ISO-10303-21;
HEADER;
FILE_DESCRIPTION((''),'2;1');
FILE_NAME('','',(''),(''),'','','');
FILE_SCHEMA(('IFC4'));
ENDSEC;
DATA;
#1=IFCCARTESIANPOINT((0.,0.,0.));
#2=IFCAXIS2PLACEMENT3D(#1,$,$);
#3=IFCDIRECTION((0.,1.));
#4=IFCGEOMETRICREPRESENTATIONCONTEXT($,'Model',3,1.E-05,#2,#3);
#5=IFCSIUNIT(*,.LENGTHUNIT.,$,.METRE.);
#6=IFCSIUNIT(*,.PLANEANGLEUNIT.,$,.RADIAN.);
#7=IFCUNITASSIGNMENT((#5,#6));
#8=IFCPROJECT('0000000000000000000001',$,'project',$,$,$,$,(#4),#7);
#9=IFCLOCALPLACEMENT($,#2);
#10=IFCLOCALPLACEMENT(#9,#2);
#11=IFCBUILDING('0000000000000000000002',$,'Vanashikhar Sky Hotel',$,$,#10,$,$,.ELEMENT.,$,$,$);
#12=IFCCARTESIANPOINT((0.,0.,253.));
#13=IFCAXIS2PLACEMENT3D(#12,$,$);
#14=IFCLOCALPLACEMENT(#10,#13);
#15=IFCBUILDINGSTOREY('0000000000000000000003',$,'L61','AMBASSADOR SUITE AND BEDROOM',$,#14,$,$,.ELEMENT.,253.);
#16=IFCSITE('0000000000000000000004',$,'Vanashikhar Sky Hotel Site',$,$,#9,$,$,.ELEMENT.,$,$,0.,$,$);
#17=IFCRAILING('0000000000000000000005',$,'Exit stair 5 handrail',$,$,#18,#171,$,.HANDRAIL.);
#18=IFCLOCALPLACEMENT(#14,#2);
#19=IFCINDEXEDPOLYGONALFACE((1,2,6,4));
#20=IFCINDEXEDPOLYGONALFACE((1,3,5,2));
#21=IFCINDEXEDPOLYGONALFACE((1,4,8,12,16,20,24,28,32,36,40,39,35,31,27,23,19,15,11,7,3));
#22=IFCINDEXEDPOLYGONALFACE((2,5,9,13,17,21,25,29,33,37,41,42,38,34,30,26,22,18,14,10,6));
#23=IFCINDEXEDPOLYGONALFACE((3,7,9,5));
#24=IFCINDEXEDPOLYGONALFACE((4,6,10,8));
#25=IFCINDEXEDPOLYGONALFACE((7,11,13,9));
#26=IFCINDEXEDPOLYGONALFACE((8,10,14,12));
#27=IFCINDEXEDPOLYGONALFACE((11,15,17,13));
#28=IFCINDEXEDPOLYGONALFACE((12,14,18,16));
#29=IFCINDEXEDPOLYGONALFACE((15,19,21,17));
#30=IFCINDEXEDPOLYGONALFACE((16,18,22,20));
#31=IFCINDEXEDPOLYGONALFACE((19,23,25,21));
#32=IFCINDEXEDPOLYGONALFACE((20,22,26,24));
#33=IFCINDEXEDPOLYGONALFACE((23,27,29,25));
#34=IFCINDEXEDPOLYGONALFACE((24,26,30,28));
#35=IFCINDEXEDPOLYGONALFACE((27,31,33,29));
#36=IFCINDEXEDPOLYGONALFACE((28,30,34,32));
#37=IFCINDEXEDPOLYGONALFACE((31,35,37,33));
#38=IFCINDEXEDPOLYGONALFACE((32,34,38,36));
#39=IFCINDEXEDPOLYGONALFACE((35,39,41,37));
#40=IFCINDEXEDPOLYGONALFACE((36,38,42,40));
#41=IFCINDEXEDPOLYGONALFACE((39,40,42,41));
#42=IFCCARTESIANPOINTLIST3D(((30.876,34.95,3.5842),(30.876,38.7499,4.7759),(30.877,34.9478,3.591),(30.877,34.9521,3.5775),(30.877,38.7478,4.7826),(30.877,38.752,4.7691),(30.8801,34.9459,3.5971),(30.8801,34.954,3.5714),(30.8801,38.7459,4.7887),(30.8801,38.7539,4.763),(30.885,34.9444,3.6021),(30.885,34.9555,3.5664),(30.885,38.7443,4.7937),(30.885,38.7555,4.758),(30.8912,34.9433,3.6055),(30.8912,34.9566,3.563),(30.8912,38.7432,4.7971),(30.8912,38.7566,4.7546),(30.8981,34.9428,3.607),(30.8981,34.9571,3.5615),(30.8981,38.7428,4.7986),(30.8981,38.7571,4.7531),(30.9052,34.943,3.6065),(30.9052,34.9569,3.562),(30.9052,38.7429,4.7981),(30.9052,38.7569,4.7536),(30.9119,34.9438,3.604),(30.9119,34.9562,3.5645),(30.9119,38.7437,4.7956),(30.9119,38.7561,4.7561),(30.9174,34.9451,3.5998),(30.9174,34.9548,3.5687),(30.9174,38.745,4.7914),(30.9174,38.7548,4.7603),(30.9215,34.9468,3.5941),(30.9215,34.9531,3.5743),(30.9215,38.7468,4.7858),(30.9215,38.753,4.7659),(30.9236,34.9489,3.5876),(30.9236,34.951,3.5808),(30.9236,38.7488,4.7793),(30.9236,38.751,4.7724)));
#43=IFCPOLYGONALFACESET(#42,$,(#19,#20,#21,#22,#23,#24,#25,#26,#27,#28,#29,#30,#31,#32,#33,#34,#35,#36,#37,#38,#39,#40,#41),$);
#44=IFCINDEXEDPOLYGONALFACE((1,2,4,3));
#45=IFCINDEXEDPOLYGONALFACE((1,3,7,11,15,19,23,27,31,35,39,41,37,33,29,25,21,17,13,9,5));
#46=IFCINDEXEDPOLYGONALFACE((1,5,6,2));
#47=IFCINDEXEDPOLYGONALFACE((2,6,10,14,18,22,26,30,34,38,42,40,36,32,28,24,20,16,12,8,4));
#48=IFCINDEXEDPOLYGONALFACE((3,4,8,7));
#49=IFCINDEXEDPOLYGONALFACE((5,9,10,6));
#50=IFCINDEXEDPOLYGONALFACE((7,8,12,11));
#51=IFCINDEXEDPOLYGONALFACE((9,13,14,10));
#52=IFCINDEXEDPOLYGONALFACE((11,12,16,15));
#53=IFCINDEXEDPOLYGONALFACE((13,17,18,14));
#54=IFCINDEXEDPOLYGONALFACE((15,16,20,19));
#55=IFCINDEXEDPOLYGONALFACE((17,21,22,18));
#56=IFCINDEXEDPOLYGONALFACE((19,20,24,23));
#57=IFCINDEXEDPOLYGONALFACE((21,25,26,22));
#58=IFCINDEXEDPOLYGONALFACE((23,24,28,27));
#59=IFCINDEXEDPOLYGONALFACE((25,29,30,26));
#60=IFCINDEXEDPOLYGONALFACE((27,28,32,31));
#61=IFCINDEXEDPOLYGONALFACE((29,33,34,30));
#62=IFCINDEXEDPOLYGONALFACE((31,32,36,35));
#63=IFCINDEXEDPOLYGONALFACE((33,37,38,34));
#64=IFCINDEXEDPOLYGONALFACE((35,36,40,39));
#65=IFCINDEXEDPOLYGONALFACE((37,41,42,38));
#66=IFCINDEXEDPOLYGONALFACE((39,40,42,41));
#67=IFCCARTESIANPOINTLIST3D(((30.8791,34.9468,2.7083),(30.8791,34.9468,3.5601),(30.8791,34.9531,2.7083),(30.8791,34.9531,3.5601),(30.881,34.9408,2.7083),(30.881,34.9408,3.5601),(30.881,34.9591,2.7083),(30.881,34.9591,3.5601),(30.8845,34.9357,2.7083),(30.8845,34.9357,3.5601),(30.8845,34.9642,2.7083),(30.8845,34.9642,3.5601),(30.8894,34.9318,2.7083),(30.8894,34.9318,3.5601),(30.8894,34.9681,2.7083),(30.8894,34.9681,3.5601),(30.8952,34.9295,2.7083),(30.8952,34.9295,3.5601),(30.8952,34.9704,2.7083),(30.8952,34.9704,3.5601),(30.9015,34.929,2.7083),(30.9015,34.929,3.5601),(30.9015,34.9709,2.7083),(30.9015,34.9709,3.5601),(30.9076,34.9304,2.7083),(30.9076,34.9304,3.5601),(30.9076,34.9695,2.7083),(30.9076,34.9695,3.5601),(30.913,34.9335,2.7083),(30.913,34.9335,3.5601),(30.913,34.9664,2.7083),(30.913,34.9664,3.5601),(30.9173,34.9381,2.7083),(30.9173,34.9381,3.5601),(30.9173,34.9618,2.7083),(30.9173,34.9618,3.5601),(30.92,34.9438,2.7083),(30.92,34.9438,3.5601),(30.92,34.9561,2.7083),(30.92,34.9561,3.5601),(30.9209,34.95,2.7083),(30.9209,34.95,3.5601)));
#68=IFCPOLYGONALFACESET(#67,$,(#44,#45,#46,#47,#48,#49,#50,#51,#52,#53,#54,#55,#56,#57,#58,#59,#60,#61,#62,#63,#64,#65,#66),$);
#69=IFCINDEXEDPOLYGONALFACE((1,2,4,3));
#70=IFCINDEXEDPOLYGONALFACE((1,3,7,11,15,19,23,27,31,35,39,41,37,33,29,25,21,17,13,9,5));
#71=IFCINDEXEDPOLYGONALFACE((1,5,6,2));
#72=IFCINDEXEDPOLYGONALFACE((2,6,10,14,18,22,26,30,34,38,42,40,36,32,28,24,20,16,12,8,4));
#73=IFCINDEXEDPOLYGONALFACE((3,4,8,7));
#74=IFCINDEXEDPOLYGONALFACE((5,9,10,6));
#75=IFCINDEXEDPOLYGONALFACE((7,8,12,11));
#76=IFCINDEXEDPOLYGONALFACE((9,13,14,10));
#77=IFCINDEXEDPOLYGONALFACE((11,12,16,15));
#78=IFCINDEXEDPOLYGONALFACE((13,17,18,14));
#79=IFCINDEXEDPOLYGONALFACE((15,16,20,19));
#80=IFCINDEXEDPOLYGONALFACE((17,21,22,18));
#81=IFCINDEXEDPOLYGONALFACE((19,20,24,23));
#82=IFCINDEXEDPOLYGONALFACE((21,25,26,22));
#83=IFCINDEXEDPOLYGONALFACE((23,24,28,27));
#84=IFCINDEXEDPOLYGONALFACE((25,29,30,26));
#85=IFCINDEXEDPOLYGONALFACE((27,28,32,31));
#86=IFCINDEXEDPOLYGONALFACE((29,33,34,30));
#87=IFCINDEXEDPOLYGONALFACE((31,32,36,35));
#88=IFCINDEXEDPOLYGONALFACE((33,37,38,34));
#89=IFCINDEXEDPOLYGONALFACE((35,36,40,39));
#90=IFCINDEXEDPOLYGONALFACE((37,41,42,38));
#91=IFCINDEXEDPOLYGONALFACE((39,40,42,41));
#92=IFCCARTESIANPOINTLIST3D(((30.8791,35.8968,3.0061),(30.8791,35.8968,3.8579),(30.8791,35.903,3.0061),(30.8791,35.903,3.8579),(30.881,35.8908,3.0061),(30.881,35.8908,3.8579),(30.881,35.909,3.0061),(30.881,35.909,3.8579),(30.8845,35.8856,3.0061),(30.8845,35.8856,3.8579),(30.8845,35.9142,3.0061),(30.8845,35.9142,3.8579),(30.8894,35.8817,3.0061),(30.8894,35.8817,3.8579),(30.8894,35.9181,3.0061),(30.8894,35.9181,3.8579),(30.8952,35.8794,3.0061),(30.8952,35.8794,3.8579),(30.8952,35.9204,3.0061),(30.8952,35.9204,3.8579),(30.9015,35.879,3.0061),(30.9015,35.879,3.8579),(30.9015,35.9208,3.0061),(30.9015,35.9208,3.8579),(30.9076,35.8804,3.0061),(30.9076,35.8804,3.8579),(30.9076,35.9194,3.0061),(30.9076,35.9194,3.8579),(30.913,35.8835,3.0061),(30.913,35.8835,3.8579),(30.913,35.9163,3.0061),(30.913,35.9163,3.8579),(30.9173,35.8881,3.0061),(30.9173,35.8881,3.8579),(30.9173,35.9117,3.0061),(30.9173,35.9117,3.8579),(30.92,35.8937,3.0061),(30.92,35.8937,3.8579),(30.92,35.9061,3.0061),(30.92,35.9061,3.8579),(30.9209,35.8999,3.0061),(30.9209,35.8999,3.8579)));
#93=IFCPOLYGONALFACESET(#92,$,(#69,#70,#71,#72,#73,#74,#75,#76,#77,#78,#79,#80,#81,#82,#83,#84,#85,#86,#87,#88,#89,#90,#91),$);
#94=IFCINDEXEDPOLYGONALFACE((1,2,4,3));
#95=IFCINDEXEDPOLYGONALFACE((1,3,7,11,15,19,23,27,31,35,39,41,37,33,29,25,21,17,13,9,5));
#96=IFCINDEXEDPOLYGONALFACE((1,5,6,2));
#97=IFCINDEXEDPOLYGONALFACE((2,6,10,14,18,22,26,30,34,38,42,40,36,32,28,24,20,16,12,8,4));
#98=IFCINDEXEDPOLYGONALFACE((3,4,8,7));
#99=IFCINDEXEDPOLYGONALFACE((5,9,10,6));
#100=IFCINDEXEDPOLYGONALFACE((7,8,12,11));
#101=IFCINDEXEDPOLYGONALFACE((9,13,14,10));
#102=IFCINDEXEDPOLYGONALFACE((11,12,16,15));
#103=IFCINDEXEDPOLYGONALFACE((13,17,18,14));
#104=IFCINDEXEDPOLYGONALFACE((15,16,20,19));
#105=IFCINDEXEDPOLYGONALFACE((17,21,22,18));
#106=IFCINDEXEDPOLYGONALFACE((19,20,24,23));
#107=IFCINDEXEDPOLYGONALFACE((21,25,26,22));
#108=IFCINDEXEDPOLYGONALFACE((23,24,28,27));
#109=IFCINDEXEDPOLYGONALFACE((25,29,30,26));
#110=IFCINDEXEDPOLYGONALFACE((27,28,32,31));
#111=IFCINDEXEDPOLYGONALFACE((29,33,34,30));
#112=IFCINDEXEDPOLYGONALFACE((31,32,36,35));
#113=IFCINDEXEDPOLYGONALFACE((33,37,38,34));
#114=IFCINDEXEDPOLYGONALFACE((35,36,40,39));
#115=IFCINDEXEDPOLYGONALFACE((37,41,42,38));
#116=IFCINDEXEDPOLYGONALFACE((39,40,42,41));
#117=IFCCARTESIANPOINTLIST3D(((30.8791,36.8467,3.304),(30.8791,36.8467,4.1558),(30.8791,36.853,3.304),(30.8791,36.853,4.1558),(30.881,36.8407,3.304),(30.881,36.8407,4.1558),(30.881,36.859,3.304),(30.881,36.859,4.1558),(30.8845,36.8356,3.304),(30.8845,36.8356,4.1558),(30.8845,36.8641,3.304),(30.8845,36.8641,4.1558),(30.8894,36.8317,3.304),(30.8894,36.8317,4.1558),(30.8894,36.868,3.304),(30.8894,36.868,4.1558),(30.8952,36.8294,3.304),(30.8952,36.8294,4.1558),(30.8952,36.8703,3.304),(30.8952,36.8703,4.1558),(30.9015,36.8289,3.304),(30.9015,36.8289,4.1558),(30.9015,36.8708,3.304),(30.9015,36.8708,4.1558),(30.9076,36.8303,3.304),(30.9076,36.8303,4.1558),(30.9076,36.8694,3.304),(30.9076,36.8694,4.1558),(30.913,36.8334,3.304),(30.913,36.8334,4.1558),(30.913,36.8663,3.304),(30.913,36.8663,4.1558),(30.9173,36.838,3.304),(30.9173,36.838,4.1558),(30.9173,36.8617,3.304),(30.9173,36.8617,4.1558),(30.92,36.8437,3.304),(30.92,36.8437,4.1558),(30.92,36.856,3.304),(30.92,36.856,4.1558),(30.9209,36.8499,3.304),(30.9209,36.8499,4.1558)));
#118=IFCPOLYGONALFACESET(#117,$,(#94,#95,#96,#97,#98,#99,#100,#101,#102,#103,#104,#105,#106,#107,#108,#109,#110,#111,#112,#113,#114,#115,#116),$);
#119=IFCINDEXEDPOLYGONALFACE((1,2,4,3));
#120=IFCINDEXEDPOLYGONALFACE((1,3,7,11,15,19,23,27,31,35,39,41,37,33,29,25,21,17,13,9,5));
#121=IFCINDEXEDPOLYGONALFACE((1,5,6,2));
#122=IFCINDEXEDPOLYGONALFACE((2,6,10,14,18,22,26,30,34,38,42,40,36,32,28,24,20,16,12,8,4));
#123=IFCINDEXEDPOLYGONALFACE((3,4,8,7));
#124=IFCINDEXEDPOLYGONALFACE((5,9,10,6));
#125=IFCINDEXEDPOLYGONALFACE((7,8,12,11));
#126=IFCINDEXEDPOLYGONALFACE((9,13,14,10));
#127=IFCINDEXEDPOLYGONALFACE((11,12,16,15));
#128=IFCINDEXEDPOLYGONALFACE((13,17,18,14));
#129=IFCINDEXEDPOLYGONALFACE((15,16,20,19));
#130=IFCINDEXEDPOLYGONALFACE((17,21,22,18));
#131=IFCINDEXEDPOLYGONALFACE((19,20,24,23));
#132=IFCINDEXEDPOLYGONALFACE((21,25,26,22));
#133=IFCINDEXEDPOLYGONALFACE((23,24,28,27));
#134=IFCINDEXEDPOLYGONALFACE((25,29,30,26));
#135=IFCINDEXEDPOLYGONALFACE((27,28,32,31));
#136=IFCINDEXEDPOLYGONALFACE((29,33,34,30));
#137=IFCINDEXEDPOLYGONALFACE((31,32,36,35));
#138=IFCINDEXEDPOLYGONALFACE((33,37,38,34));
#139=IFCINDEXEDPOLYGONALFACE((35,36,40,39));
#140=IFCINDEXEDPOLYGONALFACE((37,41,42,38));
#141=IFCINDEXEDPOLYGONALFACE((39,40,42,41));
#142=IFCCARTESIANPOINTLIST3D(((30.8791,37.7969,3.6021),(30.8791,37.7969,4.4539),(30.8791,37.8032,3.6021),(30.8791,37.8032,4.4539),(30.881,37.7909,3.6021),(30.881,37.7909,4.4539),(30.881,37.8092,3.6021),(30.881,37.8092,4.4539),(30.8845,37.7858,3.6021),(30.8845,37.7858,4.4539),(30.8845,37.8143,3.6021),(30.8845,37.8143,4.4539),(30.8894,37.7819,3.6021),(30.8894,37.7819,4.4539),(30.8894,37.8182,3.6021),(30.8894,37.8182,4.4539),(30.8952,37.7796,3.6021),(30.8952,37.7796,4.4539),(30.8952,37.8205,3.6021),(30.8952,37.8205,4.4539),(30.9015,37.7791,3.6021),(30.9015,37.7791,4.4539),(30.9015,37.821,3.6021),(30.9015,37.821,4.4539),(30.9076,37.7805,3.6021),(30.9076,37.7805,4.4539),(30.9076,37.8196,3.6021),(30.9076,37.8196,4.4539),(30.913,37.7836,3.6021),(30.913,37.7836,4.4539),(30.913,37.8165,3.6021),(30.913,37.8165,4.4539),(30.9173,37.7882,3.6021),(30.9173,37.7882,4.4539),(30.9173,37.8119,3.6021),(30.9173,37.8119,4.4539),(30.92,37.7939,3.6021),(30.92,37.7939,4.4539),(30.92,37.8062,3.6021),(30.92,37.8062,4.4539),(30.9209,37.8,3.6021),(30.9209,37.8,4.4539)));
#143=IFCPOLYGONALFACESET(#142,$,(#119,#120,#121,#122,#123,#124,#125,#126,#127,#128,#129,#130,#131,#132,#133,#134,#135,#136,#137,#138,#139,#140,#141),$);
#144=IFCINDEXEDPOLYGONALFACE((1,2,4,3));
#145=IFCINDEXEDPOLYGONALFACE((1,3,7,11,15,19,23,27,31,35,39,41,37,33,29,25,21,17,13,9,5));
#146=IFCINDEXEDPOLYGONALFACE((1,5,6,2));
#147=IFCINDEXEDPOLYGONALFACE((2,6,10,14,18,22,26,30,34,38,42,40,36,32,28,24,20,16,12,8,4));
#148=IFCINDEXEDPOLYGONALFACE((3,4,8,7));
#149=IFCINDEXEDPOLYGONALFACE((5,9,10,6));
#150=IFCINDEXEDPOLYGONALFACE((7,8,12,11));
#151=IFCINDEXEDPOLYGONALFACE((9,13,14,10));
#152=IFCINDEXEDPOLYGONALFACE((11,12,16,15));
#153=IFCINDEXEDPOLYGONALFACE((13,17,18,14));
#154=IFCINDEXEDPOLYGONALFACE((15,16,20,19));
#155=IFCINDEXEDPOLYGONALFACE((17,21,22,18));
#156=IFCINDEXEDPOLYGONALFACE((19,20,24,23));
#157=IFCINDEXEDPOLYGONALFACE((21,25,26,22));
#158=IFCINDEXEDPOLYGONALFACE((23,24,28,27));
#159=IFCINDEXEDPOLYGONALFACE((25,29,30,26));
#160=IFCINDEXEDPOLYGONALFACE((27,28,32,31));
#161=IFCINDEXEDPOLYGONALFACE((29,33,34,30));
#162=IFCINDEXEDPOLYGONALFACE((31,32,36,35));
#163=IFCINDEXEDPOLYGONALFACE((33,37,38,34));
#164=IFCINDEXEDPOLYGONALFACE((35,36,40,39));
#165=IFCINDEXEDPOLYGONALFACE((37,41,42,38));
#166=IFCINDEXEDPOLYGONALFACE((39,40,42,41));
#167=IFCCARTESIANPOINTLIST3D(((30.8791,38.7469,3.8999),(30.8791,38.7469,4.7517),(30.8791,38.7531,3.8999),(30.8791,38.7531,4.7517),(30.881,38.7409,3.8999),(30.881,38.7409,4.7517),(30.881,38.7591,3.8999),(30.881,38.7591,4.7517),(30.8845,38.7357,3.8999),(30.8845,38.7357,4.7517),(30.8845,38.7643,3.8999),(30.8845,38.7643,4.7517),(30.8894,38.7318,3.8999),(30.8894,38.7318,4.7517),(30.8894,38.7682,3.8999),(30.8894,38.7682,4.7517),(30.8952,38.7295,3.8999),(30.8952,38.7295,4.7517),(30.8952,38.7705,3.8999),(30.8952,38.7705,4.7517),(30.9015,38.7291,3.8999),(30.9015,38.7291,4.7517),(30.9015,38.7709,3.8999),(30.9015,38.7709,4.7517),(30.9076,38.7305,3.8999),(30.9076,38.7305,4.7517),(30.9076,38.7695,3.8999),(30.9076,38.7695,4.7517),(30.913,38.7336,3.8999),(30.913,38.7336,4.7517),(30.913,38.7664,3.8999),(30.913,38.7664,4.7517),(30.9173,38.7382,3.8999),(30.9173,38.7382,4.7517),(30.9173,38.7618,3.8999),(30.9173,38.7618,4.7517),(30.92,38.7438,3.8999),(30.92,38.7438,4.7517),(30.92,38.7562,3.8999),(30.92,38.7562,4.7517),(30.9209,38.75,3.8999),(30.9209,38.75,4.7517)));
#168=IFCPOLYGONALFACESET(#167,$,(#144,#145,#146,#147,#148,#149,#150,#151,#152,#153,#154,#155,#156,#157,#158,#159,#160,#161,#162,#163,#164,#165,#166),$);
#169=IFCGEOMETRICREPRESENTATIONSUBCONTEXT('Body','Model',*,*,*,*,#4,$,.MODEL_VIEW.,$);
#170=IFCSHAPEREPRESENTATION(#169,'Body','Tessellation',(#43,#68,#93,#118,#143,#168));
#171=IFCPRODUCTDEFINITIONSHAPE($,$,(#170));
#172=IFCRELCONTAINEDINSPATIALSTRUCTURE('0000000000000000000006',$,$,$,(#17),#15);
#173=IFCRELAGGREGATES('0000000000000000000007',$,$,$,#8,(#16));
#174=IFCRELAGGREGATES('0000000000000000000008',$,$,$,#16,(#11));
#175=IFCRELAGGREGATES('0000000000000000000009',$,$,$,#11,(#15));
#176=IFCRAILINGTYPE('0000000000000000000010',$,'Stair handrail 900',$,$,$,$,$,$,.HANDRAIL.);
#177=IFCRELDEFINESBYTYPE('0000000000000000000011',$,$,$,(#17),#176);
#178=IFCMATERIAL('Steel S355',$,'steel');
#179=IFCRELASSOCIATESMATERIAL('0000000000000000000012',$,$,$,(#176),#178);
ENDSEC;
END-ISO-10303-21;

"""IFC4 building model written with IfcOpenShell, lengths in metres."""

from ifc_helpers import new_model, si_unit, direction, frame, origin, origin_2d, place, context, subcontext, project, spatial, circle, extrude, source, transform, mapped, material, type_object, element, save


model = new_model("IFC4")

# Units and contexts
model_context = context("Model", 3, precision=1e-05, world=origin(), true_north=direction((0.0, 1.0)))
body_context = subcontext(model_context, "Body", "Model", "MODEL_VIEW")
ifc_project = project(units=[si_unit("LENGTHUNIT", "METRE"), si_unit("PLANEANGLEUNIT", "RADIAN")], contexts=[model_context])

# Site, building, storey
site_placement = place(None, origin())
site = spatial("IfcSite", under=ifc_project, at=site_placement, Name="Vanashikhar Sky Hotel Site", CompositionType="ELEMENT", RefElevation=0.0)
building_placement = place(site_placement, origin())
building = spatial("IfcBuilding", under=site, at=building_placement, Name="Vanashikhar Sky Hotel", CompositionType="ELEMENT")
storey_placement = place(building_placement, frame((0.0, 0.0, 253.0)))
storey = spatial("IfcBuildingStorey", under=building, at=storey_placement, Name="L61", Description="AMBASSADOR SUITE AND BEDROOM", CompositionType="ELEMENT", Elevation=253.0)

# Railing
ifc_material_1 = material(Name="Steel S355", Category="steel")
railing_type_1 = type_object("IfcRailingType", Name="Stair handrail 900", PredefinedType="HANDRAIL", material=ifc_material_1)
shared_shape_1 = source(origin(), body_context, "Body", "SweptSolid", [
    extrude(circle(Radius=0.0239, at=origin_2d()), frame((0.0, 0.0, 0.876), z_axis=(0.0, 0.954184, 0.299221), x_axis=(-1.0, 0.0, 0.0)), (0.0, 0.0, 1.0), 3.9824),
    extrude(circle(Radius=0.021, at=origin_2d()), origin(), (0.0, 0.0, 1.0), 0.8518),
    extrude(circle(Radius=0.021, at=origin_2d()), frame((0.0, 0.95, 0.2979)), (0.0, 0.0, 1.0), 0.8518),
    extrude(circle(Radius=0.021, at=origin_2d()), frame((0.0, 1.8999, 0.5957)), (0.0, 0.0, 1.0), 0.8518),
    extrude(circle(Radius=0.021, at=origin_2d()), frame((0.0, 2.8501, 0.8938)), (0.0, 0.0, 1.0), 0.8518),
    extrude(circle(Radius=0.021, at=origin_2d()), frame((0.0, 3.8, 1.1917)), (0.0, 0.0, 1.0), 0.8518),
])
for number, where, name in (
    (1, (30.8999, 34.95, 2.7083), "Exit stair 5 handrail"),
):
    element("IfcRailing", number, at=place(storey_placement, frame(where)), inside=storey, type_object=railing_type_1, Name=name, PredefinedType="HANDRAIL", context=body_context, shape_type="MappedRepresentation", body=[
        mapped(shared_shape_1, transform((0.0, 0.0, 0.0), scale=1.0)),
    ])

save(model, "model.ifc")
